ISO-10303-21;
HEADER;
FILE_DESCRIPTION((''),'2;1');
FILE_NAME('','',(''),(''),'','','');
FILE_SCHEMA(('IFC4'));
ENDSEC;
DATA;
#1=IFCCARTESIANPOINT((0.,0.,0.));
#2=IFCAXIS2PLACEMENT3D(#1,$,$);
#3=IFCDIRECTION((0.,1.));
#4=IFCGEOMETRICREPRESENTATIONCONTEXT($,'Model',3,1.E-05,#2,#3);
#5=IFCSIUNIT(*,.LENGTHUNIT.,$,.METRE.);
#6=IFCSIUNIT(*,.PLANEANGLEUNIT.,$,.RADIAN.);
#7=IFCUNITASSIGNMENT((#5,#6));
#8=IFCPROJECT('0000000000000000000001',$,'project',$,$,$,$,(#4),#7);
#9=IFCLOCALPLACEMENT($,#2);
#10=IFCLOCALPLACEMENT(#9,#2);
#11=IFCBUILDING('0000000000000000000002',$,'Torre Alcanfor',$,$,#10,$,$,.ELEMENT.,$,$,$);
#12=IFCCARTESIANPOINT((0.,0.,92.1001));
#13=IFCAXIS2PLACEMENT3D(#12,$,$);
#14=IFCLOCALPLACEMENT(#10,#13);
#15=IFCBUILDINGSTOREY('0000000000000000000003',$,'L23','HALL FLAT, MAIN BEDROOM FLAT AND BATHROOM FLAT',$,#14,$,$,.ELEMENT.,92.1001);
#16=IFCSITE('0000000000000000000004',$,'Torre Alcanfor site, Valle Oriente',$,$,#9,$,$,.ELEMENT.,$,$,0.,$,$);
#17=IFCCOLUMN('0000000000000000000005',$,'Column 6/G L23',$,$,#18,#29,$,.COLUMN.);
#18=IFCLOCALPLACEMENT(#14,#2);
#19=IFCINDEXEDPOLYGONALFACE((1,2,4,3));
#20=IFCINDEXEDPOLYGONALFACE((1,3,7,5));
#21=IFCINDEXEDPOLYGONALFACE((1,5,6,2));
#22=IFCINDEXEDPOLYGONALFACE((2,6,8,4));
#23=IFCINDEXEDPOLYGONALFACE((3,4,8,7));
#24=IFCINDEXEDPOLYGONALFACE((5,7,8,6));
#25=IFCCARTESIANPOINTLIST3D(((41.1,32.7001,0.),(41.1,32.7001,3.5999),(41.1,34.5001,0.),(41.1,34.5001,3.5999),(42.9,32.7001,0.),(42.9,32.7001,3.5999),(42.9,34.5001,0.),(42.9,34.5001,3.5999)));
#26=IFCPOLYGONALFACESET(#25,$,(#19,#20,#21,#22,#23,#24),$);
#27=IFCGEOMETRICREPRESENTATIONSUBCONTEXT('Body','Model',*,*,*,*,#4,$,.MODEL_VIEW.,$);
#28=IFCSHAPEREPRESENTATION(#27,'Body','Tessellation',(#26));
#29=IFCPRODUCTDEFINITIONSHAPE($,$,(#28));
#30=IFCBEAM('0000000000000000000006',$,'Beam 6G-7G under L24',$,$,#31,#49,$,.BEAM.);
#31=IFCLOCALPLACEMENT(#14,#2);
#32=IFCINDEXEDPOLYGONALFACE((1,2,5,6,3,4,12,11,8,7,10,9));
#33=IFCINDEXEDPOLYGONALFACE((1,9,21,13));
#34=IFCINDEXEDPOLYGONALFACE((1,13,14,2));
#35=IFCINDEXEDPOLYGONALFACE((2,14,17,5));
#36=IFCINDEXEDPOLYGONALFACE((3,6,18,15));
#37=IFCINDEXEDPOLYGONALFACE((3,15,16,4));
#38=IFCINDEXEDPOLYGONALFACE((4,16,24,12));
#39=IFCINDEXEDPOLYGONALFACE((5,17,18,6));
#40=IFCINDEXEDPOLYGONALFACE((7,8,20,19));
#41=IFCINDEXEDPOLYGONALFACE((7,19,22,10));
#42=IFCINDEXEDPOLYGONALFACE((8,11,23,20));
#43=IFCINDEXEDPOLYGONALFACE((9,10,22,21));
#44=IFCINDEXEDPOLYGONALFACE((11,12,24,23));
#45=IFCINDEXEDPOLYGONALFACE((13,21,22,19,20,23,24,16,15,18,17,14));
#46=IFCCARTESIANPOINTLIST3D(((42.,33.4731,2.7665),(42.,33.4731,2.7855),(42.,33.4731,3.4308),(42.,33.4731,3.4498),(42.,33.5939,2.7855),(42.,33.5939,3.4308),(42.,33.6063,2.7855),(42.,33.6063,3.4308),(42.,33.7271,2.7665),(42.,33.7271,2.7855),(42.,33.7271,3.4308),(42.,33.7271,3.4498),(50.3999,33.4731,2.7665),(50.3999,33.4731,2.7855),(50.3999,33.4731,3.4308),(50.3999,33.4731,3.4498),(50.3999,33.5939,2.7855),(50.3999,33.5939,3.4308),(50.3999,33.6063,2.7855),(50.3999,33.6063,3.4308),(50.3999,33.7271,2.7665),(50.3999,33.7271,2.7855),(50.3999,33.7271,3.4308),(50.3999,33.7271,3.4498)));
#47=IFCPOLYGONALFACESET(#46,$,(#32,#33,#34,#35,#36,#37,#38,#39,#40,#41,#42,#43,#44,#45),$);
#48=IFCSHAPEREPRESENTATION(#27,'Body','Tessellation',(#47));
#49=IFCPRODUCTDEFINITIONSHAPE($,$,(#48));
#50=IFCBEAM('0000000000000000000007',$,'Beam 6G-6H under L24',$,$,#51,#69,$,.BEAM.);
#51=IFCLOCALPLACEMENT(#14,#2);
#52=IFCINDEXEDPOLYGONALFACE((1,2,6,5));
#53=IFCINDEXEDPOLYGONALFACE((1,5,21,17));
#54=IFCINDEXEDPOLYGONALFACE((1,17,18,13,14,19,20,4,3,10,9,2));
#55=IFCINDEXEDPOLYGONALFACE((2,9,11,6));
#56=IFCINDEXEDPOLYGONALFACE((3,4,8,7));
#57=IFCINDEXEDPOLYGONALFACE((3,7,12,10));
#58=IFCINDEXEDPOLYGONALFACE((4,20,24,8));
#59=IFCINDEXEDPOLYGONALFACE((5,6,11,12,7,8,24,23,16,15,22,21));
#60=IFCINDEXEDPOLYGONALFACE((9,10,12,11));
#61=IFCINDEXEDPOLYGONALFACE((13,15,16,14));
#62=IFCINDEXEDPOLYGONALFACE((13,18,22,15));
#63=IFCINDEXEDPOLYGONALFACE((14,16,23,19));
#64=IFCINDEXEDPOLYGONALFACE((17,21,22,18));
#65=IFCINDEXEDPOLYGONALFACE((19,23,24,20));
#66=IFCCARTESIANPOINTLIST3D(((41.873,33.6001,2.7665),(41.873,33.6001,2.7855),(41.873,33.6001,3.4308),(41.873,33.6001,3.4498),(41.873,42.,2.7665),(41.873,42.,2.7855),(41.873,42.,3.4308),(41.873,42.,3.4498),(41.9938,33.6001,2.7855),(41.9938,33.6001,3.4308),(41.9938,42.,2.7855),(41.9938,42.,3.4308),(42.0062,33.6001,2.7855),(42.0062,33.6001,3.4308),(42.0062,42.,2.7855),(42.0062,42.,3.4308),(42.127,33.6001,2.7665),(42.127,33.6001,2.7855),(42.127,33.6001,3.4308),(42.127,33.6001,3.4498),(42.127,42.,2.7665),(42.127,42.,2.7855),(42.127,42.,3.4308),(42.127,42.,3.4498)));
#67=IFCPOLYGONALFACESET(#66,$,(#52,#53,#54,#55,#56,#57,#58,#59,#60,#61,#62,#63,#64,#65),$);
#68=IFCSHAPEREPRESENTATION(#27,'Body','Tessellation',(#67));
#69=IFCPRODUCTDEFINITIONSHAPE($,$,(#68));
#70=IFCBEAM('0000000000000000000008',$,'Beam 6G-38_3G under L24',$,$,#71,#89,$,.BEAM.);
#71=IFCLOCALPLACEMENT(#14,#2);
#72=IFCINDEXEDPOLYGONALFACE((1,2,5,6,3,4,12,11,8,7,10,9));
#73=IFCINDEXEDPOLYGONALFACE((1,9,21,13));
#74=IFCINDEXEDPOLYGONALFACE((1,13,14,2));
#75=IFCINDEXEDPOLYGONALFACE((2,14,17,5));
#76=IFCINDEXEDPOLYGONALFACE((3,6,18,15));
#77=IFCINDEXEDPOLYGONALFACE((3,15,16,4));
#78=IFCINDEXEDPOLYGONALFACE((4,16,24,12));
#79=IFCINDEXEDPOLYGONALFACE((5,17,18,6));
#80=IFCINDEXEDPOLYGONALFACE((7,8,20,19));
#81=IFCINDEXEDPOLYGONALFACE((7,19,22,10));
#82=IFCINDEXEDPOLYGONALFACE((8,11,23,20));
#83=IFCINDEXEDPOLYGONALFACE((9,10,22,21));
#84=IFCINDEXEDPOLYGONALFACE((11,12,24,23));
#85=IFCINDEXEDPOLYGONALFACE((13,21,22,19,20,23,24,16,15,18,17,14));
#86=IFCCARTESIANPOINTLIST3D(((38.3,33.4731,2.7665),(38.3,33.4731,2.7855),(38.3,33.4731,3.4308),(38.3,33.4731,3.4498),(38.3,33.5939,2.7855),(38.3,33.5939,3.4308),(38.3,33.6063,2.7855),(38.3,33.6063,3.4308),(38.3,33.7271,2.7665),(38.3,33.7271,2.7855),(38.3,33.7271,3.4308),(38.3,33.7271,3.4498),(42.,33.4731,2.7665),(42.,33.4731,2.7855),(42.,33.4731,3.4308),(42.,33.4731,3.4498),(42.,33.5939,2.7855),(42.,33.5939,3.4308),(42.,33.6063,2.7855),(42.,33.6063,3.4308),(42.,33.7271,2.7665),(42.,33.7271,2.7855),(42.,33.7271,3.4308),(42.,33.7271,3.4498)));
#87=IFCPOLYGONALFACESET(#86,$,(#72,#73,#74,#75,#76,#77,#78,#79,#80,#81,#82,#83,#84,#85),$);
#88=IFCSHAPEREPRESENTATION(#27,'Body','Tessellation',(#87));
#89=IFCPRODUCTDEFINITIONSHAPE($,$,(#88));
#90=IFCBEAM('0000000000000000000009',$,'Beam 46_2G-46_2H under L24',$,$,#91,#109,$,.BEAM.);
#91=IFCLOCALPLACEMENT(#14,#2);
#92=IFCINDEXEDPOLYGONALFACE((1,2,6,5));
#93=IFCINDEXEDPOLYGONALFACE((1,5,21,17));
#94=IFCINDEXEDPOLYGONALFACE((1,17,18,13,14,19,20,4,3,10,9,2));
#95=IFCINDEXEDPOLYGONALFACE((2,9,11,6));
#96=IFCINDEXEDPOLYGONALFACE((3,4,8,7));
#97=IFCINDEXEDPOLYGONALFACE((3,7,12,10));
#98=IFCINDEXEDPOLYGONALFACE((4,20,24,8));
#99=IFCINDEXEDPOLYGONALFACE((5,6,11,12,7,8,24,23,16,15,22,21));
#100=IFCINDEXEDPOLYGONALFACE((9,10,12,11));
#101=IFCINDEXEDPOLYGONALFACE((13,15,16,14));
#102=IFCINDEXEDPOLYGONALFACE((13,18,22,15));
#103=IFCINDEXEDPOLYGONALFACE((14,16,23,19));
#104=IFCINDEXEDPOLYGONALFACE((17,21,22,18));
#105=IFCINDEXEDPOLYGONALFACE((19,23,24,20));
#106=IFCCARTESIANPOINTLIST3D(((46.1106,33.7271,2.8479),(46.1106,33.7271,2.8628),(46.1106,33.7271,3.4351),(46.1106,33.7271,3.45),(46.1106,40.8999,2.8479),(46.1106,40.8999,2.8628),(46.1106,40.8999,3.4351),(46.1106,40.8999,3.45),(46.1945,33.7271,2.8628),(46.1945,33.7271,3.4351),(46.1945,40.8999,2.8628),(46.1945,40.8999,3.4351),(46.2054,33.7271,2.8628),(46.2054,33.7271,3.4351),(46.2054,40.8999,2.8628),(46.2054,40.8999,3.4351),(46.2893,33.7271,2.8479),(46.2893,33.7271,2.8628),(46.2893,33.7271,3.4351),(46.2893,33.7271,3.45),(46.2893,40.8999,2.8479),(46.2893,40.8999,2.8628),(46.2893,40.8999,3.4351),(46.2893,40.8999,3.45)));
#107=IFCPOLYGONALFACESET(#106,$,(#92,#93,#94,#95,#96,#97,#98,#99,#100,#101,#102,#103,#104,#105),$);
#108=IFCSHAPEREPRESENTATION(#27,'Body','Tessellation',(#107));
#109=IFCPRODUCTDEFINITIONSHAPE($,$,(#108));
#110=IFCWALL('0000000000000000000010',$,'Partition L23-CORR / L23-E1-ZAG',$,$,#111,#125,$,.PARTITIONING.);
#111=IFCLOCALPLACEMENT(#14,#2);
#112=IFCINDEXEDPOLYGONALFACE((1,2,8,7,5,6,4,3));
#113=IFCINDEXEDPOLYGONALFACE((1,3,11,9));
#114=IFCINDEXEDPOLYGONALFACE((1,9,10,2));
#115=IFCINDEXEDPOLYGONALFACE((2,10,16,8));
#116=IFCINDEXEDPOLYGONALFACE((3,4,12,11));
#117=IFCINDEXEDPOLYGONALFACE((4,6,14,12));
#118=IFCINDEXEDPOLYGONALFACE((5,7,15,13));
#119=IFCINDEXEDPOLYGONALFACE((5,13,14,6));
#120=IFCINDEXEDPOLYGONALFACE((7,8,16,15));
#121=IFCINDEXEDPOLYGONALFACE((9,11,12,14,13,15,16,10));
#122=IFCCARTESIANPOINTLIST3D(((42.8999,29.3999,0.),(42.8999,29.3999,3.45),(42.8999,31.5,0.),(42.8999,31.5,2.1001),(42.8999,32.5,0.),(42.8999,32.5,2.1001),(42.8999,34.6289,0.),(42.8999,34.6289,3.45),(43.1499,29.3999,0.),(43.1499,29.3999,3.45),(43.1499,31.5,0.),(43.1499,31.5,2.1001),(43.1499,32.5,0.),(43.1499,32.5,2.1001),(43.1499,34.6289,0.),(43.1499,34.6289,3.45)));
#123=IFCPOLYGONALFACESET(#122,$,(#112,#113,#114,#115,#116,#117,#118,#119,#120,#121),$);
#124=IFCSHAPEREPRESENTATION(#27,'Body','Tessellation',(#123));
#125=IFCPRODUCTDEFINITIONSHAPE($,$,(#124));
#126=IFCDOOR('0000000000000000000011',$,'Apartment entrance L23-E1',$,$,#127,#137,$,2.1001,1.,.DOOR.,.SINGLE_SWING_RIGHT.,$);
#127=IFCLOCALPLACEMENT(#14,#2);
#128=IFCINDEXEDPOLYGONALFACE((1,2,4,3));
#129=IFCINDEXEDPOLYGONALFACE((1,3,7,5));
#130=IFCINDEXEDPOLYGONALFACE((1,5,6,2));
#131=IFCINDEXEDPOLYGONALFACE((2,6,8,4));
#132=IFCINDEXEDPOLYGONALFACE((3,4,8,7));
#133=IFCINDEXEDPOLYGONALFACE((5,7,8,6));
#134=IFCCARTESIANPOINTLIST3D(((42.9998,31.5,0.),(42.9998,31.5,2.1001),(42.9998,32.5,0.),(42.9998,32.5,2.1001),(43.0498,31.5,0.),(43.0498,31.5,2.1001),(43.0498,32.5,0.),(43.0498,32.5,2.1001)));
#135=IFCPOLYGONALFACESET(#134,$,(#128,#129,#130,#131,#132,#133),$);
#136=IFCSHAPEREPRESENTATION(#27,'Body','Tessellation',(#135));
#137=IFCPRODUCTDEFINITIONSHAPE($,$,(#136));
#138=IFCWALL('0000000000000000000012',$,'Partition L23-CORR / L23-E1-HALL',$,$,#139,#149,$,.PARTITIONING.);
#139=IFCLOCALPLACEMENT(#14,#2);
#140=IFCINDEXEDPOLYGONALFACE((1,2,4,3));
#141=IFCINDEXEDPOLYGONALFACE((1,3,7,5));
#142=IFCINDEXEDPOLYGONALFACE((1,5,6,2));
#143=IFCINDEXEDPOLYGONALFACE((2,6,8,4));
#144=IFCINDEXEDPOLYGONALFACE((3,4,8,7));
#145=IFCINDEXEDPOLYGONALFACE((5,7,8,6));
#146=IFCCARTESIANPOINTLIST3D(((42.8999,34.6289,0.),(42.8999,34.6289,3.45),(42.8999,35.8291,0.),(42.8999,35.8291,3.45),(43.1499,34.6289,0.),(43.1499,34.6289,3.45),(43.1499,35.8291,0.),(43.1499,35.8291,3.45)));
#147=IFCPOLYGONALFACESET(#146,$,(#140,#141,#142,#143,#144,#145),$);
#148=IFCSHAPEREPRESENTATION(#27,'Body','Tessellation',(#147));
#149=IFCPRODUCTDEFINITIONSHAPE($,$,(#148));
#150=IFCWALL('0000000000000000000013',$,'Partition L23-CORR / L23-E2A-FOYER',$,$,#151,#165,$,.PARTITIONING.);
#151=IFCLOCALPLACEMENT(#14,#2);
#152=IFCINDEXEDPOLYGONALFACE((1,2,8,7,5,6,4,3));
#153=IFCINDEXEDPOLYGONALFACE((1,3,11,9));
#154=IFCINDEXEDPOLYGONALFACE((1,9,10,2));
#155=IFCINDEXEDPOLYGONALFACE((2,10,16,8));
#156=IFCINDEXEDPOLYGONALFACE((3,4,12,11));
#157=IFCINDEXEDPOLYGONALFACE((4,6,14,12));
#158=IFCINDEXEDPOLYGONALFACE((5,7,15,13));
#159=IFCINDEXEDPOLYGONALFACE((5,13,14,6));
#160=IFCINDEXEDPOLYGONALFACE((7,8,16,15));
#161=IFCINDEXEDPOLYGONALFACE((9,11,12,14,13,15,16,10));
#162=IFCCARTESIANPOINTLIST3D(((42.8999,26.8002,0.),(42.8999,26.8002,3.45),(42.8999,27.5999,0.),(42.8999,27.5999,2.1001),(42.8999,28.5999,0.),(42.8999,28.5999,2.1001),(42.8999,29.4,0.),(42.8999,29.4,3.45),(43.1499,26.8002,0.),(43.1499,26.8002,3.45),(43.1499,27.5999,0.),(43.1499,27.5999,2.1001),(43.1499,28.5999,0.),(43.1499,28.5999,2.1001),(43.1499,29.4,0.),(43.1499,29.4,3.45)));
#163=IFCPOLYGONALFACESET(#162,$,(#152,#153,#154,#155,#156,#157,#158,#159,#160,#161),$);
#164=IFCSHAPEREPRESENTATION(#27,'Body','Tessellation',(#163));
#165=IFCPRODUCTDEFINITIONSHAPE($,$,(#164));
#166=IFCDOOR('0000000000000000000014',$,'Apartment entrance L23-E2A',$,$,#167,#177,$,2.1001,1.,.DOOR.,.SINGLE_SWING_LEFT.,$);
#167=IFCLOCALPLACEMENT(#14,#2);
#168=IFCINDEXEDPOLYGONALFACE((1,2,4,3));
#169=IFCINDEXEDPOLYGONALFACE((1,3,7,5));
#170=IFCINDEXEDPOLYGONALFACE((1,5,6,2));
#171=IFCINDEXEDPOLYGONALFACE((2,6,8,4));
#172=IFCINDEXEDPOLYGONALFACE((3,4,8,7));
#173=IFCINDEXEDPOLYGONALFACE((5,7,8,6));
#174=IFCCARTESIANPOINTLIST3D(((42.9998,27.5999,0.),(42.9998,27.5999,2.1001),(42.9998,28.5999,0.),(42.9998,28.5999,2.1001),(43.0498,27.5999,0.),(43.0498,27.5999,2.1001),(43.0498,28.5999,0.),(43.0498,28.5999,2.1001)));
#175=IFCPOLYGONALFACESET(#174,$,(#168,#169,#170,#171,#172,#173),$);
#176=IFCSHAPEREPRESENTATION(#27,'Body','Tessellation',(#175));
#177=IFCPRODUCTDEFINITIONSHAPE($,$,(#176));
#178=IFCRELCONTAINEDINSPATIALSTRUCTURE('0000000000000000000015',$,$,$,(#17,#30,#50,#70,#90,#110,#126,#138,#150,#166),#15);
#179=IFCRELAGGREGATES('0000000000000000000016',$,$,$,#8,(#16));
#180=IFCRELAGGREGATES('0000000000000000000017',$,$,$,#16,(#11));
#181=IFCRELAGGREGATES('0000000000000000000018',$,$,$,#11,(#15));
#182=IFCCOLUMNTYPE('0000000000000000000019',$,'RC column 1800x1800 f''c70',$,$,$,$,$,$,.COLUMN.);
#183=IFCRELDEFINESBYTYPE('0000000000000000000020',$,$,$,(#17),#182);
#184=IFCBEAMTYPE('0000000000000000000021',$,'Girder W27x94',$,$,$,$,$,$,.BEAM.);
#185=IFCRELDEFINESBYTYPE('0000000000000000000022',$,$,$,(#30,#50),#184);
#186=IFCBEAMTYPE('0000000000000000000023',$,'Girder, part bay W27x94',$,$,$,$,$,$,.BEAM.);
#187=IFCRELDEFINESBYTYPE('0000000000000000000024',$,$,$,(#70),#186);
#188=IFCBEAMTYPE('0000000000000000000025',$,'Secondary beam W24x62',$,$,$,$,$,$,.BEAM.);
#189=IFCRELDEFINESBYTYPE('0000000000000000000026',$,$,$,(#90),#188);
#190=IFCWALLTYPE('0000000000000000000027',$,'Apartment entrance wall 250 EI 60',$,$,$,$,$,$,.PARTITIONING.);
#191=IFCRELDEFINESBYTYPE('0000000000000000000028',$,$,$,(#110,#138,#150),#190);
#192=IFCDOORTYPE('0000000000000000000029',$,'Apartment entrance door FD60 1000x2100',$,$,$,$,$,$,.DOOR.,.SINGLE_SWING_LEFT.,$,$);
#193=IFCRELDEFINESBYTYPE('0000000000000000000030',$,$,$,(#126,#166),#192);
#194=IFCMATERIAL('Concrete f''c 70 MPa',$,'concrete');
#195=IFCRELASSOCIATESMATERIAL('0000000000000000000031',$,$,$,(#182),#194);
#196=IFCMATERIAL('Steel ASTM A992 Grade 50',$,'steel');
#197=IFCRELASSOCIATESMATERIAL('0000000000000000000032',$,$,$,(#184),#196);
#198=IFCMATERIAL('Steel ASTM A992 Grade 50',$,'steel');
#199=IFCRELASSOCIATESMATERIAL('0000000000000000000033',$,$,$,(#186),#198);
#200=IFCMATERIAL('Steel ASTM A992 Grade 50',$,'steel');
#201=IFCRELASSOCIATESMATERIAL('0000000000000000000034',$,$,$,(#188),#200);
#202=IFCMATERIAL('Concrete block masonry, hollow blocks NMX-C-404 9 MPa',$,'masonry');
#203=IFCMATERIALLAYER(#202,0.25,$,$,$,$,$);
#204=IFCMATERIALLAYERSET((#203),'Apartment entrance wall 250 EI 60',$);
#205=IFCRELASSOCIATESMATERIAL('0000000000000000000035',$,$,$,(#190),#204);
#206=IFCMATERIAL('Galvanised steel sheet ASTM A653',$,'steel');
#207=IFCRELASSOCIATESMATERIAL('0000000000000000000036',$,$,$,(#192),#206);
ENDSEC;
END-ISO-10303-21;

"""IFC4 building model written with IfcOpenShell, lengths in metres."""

from ifc_helpers import new_model, si_unit, direction, frame, frame_2d, origin, origin_2d, place, context, subcontext, project, spatial, rectangle, i_section, extrude, material, layer, layer_set, material_profile, profile_set, type_object, element, fill, save


model = new_model("IFC4")

# Units and contexts
model_context = context("Model", 3, precision=1e-05, world=origin(), true_north=direction((0.0, 1.0)))
body_context = subcontext(model_context, "Body", "Model", "MODEL_VIEW")
ifc_project = project(units=[si_unit("LENGTHUNIT", "METRE"), si_unit("PLANEANGLEUNIT", "RADIAN")], contexts=[model_context])

# Site, building, storey
site_placement = place(None, origin())
site = spatial("IfcSite", under=ifc_project, at=site_placement, Name="Torre Alcanfor site, Valle Oriente", CompositionType="ELEMENT", RefElevation=0.0)
building_placement = place(site_placement, origin())
building = spatial("IfcBuilding", under=site, at=building_placement, Name="Torre Alcanfor", CompositionType="ELEMENT")
storey_placement = place(building_placement, frame((0.0, 0.0, 92.1001)))
storey = spatial("IfcBuildingStorey", under=building, at=storey_placement, Name="L23", Description="HALL FLAT, MAIN BEDROOM FLAT AND BATHROOM FLAT", CompositionType="ELEMENT", Elevation=92.1001)

# Column
ifc_material_1 = material(Name="Concrete f'c 70 MPa", Category="concrete")
ifc_material_profile_1 = material_profile(ifc_material_1, rectangle(XDim=1.8, YDim=1.8, at=origin_2d()), Name="1800x1800")
ifc_profile_set_1 = profile_set([ifc_material_profile_1], Name="Concrete f'c 70 MPa")
column_type = type_object("IfcColumnType", Name="RC column 1800x1800 f'c70", PredefinedType="COLUMN", material=ifc_profile_set_1)
column_placement = place(storey_placement, frame((42.0, 33.6001, 0.0), z_axis=(0.0, 0.0, 1.0), x_axis=(1.0, 0.0, 0.0)))
element("IfcColumn", 1, at=column_placement, inside=storey, type_object=column_type, Name="Column 6/G L23", PredefinedType="COLUMN", context=body_context, shape_type="SweptSolid", body=[
    extrude(rectangle(XDim=1.8, YDim=1.8, at=origin_2d()), origin(), (0.0, 0.0, 1.0), 3.5999),
])

# Beams
ifc_material_2 = material(Name="Steel ASTM A992 Grade 50", Category="steel")
ifc_material_profile_2 = material_profile(ifc_material_2, i_section(OverallWidth=0.2539, OverallDepth=0.6833, WebThickness=0.0125, FlangeThickness=0.019, at=origin_2d()), Name="W27x94")
ifc_profile_set_2 = profile_set([ifc_material_profile_2], Name="Steel ASTM A992 Grade 50")
beam_type_1 = type_object("IfcBeamType", Name="Girder W27x94", PredefinedType="BEAM", material=ifc_profile_set_2)
for number, where, z_axis, x_axis, name in (
    (2, (42.0, 33.6001, 3.1082), (1.0, 0.0, 0.0), (0.0, 1.0, 0.0), "Beam 6G-7G under L24"),
    (3, (42.0, 33.6001, 3.1082), (0.0, 1.0, 0.0), (-1.0, 0.0, 0.0), "Beam 6G-6H under L24"),
):
    element("IfcBeam", number, at=place(storey_placement, frame(where, z_axis=z_axis, x_axis=x_axis)), inside=storey, type_object=beam_type_1, Name=name, PredefinedType="BEAM", context=body_context, shape_type="SweptSolid", body=[
        extrude(i_section(OverallWidth=0.2539, OverallDepth=0.6833, WebThickness=0.0125, FlangeThickness=0.019, at=origin_2d()), origin(), (0.0, 0.0, 1.0), 8.3999),
    ])
ifc_material_3 = material(Name="Steel ASTM A992 Grade 50", Category="steel")
ifc_material_profile_3 = material_profile(ifc_material_3, i_section(OverallWidth=0.2539, OverallDepth=0.6833, WebThickness=0.0125, FlangeThickness=0.019, at=origin_2d()), Name="W27x94")
ifc_profile_set_3 = profile_set([ifc_material_profile_3], Name="Steel ASTM A992 Grade 50")
beam_type_2 = type_object("IfcBeamType", Name="Girder, part bay W27x94", PredefinedType="BEAM", material=ifc_profile_set_3)
beam_1_placement = place(storey_placement, frame((42.0, 33.6001, 3.1082), z_axis=(-1.0, 0.0, 0.0), x_axis=(0.0, -1.0, 0.0)))
element("IfcBeam", 4, at=beam_1_placement, inside=storey, type_object=beam_type_2, Name="Beam 6G-38_3G under L24", PredefinedType="BEAM", context=body_context, shape_type="SweptSolid", body=[
    extrude(i_section(OverallWidth=0.2539, OverallDepth=0.6833, WebThickness=0.0125, FlangeThickness=0.019, at=origin_2d()), origin(), (0.0, 0.0, 1.0), 3.7),
])
ifc_material_4 = material(Name="Steel ASTM A992 Grade 50", Category="steel")
ifc_material_profile_4 = material_profile(ifc_material_4, i_section(OverallWidth=0.1787, OverallDepth=0.6021, WebThickness=0.011, FlangeThickness=0.0149, at=origin_2d()), Name="W24x62")
ifc_profile_set_4 = profile_set([ifc_material_profile_4], Name="Steel ASTM A992 Grade 50")
beam_type_3 = type_object("IfcBeamType", Name="Secondary beam W24x62", PredefinedType="BEAM", material=ifc_profile_set_4)
beam_2_placement = place(storey_placement, frame((46.2, 33.7271, 3.1489), z_axis=(0.0, 1.0, 0.0), x_axis=(-1.0, 0.0, 0.0)))
element("IfcBeam", 5, at=beam_2_placement, inside=storey, type_object=beam_type_3, Name="Beam 46_2G-46_2H under L24", PredefinedType="BEAM", context=body_context, shape_type="SweptSolid", body=[
    extrude(i_section(OverallWidth=0.1787, OverallDepth=0.6021, WebThickness=0.011, FlangeThickness=0.0149, at=origin_2d()), origin(), (0.0, 0.0, 1.0), 7.1729),
])

# Wall, opening, door
ifc_material_5 = material(Name="Concrete block masonry, hollow blocks NMX-C-404 9 MPa", Category="masonry")
ifc_layer_1 = layer(ifc_material_5, 0.25)
ifc_layer_set_1 = layer_set([ifc_layer_1], Name="Apartment entrance wall 250 EI 60")
wall_type_1 = type_object("IfcWallType", Name="Apartment entrance wall 250 EI 60", PredefinedType="PARTITIONING", material=ifc_layer_set_1)
wall_1_placement = place(storey_placement, frame((43.0249, 34.6289, 0.0), z_axis=(0.0, 0.0, 1.0), x_axis=(0.0, -1.0, 0.0)))
wall_1 = element("IfcWall", 6, at=wall_1_placement, inside=storey, type_object=wall_type_1, Name="Partition L23-CORR / L23-E1-ZAG", PredefinedType="PARTITIONING", context=body_context, shape_type="SweptSolid", body=[
    extrude(rectangle(XDim=5.229, YDim=0.25, at=frame_2d((2.6145, 0.0))), origin(), (0.0, 0.0, 1.0), 3.45),
])
opening_1_placement = place(wall_1_placement, frame((2.1289, 0.0, 0.0)))
opening_1 = element("IfcOpeningElement", 7, at=opening_1_placement, cuts=wall_1, PredefinedType="OPENING", context=body_context, shape_type="SweptSolid", body=[
    extrude(rectangle(XDim=1.0, YDim=2.1001, at=frame_2d((0.5, 1.05))), frame((0.0, 0.135, 0.0), z_axis=(0.0, -1.0, 0.0), x_axis=(1.0, 0.0, 0.0)), (0.0, 0.0, 1.0), 0.27),
])
ifc_material_6 = material(Name="Galvanised steel sheet ASTM A653", Category="steel")
door_type_1 = type_object("IfcDoorType", Name="Apartment entrance door FD60 1000x2100", OperationType="SINGLE_SWING_LEFT", PredefinedType="DOOR", material=ifc_material_6)
door_1_placement = place(opening_1_placement, origin())
door_1 = element("IfcDoor", 8, at=door_1_placement, inside=storey, type_object=door_type_1, Name="Apartment entrance L23-E1", OperationType="SINGLE_SWING_RIGHT", OverallHeight=2.1001, OverallWidth=1.0, PredefinedType="DOOR", context=body_context, shape_type="SweptSolid", body=[
    extrude(rectangle(XDim=1.0, YDim=2.1001, at=frame_2d((0.5, 1.05))), frame((0.0, 0.0249, 0.0), z_axis=(0.0, -1.0, 0.0), x_axis=(1.0, 0.0, 0.0)), (0.0, 0.0, 1.0), 0.05),
])
fill(opening_1, door_1)

# Wall
wall_2_placement = place(storey_placement, frame((43.0249, 35.8291, 0.0), z_axis=(0.0, 0.0, 1.0), x_axis=(0.0, -1.0, 0.0)))
element("IfcWall", 9, at=wall_2_placement, inside=storey, type_object=wall_type_1, Name="Partition L23-CORR / L23-E1-HALL", PredefinedType="PARTITIONING", context=body_context, shape_type="SweptSolid", body=[
    extrude(rectangle(XDim=1.2002, YDim=0.25, at=frame_2d((0.6001, 0.0))), origin(), (0.0, 0.0, 1.0), 3.45),
])

# Wall, opening, door
wall_3_placement = place(storey_placement, frame((43.0249, 29.3999, 0.0), z_axis=(0.0, 0.0, 1.0), x_axis=(0.0, -1.0, 0.0)))
wall_3 = element("IfcWall", 10, at=wall_3_placement, inside=storey, type_object=wall_type_1, Name="Partition L23-CORR / L23-E2A-FOYER", PredefinedType="PARTITIONING", context=body_context, shape_type="SweptSolid", body=[
    extrude(rectangle(XDim=2.5999, YDim=0.25, at=frame_2d((1.2998, 0.0))), origin(), (0.0, 0.0, 1.0), 3.45),
])
opening_2_placement = place(wall_3_placement, frame((0.8, 0.0, 0.0)))
opening_2 = element("IfcOpeningElement", 11, at=opening_2_placement, cuts=wall_3, PredefinedType="OPENING", context=body_context, shape_type="SweptSolid", body=[
    extrude(rectangle(XDim=1.0, YDim=2.1001, at=frame_2d((0.5, 1.05))), frame((0.0, 0.135, 0.0), z_axis=(0.0, -1.0, 0.0), x_axis=(1.0, 0.0, 0.0)), (0.0, 0.0, 1.0), 0.27),
])
door_2_placement = place(opening_2_placement, origin())
door_2 = element("IfcDoor", 12, at=door_2_placement, inside=storey, type_object=door_type_1, Name="Apartment entrance L23-E2A", OperationType="SINGLE_SWING_LEFT", OverallHeight=2.1001, OverallWidth=1.0, PredefinedType="DOOR", context=body_context, shape_type="SweptSolid", body=[
    extrude(rectangle(XDim=1.0, YDim=2.1001, at=frame_2d((0.5, 1.05))), frame((0.0, 0.0249, 0.0), z_axis=(0.0, -1.0, 0.0), x_axis=(1.0, 0.0, 0.0)), (0.0, 0.0, 1.0), 0.05),
])
fill(opening_2, door_2)

save(model, "model.ifc")
